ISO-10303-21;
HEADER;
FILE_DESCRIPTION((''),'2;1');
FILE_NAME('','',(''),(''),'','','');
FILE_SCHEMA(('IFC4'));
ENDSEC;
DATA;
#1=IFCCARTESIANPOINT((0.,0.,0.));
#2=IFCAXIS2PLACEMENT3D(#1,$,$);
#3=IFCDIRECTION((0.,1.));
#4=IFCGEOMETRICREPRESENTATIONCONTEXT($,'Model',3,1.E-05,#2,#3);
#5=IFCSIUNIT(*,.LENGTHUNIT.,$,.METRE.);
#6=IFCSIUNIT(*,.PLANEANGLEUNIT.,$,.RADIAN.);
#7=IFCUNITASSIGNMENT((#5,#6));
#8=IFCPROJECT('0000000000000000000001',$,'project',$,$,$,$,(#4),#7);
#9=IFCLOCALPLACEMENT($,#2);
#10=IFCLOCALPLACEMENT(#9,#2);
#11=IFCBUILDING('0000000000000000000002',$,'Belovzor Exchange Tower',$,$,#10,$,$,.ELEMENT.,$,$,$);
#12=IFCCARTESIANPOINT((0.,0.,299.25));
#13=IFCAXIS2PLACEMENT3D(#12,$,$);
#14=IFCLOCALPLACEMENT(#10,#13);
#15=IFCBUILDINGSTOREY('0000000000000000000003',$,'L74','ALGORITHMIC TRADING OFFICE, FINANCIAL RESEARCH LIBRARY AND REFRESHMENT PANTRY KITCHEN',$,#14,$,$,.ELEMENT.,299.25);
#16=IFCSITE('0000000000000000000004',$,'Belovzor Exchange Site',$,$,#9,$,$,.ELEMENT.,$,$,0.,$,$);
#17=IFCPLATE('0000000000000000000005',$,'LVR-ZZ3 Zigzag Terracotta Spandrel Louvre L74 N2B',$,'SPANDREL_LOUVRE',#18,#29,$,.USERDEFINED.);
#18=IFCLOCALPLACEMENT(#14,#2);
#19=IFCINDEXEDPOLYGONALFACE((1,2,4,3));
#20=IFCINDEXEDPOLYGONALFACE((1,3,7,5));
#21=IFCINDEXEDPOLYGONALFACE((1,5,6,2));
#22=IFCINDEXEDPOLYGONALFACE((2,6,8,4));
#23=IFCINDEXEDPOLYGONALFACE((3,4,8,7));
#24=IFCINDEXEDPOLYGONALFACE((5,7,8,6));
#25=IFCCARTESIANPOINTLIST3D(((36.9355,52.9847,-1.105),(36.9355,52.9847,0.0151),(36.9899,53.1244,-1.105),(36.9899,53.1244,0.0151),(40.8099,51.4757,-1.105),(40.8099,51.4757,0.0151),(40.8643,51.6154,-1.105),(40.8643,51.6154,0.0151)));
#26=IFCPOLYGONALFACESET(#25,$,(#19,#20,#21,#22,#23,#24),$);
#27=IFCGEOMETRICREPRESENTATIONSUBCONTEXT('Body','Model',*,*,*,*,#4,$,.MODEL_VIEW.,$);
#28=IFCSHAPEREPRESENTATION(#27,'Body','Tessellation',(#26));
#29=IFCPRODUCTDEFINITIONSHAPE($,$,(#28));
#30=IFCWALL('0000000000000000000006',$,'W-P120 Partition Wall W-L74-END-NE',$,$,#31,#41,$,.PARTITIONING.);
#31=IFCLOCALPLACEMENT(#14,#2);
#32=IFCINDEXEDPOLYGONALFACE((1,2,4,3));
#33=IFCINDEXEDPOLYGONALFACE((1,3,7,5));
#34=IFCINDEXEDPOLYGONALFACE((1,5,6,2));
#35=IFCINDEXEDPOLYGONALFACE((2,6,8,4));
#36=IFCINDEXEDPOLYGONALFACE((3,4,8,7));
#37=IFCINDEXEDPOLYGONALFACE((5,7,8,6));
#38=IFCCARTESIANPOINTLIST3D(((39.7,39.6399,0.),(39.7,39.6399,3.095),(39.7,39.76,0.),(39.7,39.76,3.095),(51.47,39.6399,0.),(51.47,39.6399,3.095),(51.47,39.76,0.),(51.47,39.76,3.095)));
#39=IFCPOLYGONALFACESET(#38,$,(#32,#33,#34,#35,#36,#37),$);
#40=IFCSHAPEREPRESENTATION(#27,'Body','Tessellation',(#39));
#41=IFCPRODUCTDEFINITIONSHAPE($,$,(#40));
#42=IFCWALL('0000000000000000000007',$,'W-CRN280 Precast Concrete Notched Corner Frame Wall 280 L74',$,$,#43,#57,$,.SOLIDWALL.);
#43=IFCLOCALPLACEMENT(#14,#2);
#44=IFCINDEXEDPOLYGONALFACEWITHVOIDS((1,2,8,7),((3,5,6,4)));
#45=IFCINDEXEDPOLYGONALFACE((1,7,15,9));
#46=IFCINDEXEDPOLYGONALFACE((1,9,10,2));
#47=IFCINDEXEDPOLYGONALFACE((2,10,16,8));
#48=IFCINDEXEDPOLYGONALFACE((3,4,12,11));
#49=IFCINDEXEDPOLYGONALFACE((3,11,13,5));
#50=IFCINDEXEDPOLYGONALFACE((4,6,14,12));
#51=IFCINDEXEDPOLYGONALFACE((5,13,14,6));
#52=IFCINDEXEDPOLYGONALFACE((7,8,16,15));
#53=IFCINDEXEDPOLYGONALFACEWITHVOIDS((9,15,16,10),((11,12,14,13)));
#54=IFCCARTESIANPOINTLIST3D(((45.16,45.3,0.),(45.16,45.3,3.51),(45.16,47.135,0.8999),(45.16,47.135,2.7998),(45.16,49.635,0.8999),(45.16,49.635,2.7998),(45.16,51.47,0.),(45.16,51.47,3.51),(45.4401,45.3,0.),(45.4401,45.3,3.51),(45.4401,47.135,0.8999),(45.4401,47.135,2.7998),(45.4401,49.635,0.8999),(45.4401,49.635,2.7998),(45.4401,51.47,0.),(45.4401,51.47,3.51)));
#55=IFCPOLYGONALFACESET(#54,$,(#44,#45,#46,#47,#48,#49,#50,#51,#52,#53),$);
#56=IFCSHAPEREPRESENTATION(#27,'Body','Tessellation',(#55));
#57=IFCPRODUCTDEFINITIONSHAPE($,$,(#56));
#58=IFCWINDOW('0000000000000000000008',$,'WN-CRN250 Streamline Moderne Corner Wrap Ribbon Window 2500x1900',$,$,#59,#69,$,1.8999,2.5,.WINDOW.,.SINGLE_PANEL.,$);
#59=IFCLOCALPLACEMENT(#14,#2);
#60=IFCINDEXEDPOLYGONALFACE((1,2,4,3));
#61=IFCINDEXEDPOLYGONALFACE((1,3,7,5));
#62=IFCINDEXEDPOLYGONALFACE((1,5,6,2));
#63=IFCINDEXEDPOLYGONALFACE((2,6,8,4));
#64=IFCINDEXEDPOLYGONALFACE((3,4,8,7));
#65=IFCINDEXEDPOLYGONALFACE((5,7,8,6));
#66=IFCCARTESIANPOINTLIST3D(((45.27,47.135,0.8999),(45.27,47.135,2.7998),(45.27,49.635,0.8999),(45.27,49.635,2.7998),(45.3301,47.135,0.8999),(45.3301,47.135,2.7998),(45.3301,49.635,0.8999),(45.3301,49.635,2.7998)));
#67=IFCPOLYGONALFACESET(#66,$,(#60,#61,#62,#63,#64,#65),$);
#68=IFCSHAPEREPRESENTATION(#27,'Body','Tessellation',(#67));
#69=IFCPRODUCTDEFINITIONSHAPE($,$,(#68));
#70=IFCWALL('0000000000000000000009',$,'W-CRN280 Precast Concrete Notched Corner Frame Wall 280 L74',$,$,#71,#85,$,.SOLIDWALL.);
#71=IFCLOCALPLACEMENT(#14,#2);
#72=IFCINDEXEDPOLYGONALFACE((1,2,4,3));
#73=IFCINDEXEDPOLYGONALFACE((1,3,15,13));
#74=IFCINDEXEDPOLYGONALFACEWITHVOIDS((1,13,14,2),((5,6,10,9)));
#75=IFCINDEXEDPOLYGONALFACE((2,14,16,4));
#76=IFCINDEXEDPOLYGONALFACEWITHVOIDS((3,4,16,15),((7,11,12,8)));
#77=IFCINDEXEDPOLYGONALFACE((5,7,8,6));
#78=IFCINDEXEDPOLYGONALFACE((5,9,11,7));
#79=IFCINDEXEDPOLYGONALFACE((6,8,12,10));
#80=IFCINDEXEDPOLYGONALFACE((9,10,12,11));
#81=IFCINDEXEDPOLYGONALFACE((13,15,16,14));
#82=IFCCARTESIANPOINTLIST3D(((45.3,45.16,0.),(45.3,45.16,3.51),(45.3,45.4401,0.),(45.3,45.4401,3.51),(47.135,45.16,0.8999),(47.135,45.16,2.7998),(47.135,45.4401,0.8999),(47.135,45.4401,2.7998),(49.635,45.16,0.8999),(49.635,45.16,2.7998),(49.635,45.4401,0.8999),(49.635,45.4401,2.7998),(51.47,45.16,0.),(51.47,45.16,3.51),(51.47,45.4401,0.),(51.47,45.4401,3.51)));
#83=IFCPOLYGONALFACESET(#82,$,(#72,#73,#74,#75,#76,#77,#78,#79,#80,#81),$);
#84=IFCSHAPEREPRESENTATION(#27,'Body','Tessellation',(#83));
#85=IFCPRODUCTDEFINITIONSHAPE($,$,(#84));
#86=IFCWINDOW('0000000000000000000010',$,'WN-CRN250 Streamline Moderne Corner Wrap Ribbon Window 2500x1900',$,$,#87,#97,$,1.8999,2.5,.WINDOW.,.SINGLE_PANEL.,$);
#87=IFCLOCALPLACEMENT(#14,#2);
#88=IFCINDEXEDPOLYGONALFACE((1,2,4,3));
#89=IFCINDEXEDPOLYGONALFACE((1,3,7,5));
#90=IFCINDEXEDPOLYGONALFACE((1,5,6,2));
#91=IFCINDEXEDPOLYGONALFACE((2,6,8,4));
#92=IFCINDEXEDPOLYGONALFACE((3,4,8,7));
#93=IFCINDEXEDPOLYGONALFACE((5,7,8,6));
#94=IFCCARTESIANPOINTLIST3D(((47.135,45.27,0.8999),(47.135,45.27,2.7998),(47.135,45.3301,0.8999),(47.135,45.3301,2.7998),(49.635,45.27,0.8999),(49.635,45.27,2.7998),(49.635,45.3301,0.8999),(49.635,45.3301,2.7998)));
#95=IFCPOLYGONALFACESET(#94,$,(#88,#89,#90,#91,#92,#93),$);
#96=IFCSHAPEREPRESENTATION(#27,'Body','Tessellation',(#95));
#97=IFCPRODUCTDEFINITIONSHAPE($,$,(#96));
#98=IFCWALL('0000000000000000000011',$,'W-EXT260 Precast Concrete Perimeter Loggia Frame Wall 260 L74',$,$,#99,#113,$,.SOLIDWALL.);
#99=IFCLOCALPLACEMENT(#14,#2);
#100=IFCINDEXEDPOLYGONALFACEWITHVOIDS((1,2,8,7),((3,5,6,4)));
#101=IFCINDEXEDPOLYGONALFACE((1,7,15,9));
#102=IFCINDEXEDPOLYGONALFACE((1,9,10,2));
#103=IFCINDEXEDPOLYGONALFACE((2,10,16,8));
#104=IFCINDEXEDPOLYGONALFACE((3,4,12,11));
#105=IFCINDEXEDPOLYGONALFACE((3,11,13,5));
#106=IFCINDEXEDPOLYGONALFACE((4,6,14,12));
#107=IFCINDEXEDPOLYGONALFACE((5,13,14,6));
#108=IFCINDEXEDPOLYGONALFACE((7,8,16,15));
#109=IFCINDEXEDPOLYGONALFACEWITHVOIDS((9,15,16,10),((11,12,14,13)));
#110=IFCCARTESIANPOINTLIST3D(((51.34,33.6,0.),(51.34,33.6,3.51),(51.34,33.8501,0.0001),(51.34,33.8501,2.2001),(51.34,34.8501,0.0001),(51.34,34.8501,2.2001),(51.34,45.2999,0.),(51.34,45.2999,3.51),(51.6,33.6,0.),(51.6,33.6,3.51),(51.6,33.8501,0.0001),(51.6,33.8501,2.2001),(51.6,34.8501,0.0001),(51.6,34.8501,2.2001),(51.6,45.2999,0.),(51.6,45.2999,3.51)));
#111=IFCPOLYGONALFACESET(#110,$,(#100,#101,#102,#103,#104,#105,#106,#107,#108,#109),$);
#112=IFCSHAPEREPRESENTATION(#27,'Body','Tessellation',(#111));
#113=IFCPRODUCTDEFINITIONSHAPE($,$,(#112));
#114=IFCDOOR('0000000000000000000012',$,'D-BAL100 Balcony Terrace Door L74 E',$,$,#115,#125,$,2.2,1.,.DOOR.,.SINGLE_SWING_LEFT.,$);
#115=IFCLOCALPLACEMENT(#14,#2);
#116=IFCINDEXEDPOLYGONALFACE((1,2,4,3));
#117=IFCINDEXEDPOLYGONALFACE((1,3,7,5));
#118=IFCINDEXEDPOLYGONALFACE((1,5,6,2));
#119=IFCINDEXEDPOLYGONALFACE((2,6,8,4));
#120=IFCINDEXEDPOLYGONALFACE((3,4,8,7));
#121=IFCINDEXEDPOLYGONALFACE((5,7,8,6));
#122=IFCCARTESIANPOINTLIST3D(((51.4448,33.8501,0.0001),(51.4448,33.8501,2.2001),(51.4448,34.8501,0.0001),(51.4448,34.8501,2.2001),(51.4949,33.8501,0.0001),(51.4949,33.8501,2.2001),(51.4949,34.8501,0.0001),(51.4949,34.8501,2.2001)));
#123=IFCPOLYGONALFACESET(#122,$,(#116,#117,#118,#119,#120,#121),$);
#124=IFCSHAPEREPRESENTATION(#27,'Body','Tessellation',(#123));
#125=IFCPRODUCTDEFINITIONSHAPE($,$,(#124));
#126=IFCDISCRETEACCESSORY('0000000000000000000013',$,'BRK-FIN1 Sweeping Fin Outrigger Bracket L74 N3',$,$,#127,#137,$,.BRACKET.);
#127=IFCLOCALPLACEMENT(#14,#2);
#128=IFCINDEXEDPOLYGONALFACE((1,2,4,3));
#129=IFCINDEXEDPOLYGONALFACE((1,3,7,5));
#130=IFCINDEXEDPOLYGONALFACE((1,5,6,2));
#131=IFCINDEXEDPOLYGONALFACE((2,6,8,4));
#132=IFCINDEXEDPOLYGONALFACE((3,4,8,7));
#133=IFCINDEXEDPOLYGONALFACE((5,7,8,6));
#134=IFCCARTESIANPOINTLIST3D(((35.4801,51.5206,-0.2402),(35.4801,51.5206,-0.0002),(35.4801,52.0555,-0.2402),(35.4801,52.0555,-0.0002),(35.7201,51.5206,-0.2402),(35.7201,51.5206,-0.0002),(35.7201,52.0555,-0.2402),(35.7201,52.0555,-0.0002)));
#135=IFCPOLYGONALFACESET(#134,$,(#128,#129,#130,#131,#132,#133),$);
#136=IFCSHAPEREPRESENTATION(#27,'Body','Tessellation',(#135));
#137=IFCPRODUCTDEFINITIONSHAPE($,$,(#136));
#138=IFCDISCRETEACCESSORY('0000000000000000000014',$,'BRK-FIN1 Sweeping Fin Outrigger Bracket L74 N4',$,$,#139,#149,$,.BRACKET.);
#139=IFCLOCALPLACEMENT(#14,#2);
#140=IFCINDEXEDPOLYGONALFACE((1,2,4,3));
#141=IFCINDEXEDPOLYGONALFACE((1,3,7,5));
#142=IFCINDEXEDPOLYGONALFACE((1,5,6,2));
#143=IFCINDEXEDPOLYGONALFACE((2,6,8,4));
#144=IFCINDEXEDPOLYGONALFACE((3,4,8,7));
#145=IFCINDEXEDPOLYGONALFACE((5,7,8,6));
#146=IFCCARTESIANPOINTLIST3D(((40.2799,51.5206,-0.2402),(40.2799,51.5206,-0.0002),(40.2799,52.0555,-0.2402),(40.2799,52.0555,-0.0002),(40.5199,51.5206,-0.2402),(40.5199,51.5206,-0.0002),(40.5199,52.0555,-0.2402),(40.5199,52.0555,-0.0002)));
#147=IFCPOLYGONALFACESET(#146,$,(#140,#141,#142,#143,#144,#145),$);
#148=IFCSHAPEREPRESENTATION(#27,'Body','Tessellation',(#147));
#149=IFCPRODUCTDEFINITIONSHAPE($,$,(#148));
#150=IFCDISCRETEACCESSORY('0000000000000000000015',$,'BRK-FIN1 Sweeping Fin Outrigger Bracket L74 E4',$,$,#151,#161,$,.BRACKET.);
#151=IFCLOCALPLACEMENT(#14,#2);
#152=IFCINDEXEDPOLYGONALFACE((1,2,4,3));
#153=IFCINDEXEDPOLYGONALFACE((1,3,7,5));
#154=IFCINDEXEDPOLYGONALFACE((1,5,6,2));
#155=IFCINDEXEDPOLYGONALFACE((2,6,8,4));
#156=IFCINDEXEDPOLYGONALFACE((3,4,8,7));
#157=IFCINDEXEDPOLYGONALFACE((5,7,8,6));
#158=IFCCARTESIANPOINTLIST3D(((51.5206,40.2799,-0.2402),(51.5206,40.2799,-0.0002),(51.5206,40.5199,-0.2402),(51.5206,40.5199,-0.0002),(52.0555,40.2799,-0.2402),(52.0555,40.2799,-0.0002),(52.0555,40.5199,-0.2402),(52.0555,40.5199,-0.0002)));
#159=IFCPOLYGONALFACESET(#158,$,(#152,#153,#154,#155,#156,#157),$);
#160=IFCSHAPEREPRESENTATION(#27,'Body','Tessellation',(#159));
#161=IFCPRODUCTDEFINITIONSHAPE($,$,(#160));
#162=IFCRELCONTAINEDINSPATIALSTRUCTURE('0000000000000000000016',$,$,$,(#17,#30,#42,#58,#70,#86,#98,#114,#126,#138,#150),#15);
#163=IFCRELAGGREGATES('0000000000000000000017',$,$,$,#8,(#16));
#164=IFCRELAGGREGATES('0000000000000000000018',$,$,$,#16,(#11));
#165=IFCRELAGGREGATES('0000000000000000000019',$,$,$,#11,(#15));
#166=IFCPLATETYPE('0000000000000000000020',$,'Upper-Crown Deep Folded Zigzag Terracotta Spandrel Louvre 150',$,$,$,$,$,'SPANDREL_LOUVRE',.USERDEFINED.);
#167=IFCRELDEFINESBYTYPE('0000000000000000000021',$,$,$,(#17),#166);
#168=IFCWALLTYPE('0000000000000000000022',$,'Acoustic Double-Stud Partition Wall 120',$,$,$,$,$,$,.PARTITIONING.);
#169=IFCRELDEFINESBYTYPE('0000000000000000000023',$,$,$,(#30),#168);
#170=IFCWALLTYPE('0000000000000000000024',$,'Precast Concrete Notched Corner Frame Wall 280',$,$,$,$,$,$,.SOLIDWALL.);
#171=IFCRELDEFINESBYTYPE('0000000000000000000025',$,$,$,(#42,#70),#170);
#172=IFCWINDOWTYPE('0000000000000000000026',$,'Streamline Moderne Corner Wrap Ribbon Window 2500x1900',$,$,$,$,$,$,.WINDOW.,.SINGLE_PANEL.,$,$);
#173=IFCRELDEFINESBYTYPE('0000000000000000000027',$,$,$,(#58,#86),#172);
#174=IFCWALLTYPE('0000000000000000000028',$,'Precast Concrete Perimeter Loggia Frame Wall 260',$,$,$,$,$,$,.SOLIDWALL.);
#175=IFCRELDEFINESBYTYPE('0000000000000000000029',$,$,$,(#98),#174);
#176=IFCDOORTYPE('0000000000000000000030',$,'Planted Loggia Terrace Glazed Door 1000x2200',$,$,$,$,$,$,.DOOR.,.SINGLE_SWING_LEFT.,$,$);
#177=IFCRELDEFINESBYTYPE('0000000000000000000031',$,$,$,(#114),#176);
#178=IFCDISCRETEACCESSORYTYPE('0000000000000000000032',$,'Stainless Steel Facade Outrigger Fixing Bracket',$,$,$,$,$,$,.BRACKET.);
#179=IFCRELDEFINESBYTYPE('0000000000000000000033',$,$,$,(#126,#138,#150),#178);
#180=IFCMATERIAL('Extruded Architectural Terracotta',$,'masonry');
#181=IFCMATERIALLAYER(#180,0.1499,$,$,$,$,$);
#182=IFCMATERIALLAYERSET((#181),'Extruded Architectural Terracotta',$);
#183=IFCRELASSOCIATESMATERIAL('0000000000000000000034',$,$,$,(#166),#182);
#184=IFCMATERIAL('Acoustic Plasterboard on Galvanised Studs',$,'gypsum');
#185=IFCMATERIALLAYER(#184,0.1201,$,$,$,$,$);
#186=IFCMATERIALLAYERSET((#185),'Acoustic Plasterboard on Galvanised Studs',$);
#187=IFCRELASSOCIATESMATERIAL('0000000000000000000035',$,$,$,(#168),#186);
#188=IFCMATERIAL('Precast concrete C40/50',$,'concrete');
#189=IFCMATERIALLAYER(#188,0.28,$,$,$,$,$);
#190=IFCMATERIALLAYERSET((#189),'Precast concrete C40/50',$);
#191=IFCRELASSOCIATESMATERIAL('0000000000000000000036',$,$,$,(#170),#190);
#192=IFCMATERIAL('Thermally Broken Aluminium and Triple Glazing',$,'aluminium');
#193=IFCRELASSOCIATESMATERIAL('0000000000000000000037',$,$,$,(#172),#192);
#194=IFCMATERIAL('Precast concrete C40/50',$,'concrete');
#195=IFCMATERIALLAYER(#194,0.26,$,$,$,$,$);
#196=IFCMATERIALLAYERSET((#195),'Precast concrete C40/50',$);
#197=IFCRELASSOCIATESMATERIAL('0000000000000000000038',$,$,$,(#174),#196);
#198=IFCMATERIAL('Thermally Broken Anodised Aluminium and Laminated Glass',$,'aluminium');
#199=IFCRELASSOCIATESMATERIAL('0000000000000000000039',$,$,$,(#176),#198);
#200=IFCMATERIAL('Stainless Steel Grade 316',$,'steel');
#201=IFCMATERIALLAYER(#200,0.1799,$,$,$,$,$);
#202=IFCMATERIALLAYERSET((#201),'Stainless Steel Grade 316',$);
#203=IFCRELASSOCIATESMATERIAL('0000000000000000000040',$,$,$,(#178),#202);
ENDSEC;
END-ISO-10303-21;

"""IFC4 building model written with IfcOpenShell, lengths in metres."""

from ifc_helpers import new_model, si_unit, direction, frame, frame_2d, origin, origin_2d, place, context, subcontext, project, spatial, rectangle, extrude, material, layer, layer_set, type_object, element, fill, save


model = new_model("IFC4")

# Units and contexts
model_context = context("Model", 3, precision=1e-05, world=origin(), true_north=direction((0.0, 1.0)))
body_context = subcontext(model_context, "Body", "Model", "MODEL_VIEW")
ifc_project = project(units=[si_unit("LENGTHUNIT", "METRE"), si_unit("PLANEANGLEUNIT", "RADIAN")], contexts=[model_context])

# Site, building, storey
site_placement = place(None, origin())
site = spatial("IfcSite", under=ifc_project, at=site_placement, Name="Belovzor Exchange Site", CompositionType="ELEMENT", RefElevation=0.0)
building_placement = place(site_placement, origin())
building = spatial("IfcBuilding", under=site, at=building_placement, Name="Belovzor Exchange Tower", CompositionType="ELEMENT")
storey_placement = place(building_placement, frame((0.0, 0.0, 299.25)))
storey = spatial("IfcBuildingStorey", under=building, at=storey_placement, Name="L74", Description="ALGORITHMIC TRADING OFFICE, FINANCIAL RESEARCH LIBRARY AND REFRESHMENT PANTRY KITCHEN", CompositionType="ELEMENT", Elevation=299.25)

# Plate
ifc_material_1 = material(Name="Extruded Architectural Terracotta", Category="masonry")
ifc_layer_1 = layer(ifc_material_1, 0.1499)
ifc_layer_set_1 = layer_set([ifc_layer_1], Name="Extruded Architectural Terracotta")
plate_type = type_object("IfcPlateType", Name="Upper-Crown Deep Folded Zigzag Terracotta Spandrel Louvre 150", ElementType="SPANDREL_LOUVRE", PredefinedType="USERDEFINED", material=ifc_layer_set_1)
plate_placement = place(storey_placement, frame((38.8999, 52.3, -1.105), z_axis=(0.0, 0.0, 1.0), x_axis=(0.931818, -0.362926, 0.0)))
element("IfcPlate", 1, at=plate_placement, inside=storey, type_object=plate_type, Name="LVR-ZZ3 Zigzag Terracotta Spandrel Louvre L74 N2B", ObjectType="SPANDREL_LOUVRE", PredefinedType="USERDEFINED", context=body_context, shape_type="SweptSolid", body=[
    extrude(rectangle(XDim=4.158, YDim=0.1499, at=origin_2d()), origin(), (0.0, 0.0, 1.0), 1.1201),
])

# Wall
ifc_material_2 = material(Name="Acoustic Plasterboard on Galvanised Studs", Category="gypsum")
ifc_layer_2 = layer(ifc_material_2, 0.1201)
ifc_layer_set_2 = layer_set([ifc_layer_2], Name="Acoustic Plasterboard on Galvanised Studs")
wall_type_1 = type_object("IfcWallType", Name="Acoustic Double-Stud Partition Wall 120", PredefinedType="PARTITIONING", material=ifc_layer_set_2)
wall_1_placement = place(storey_placement, frame((39.7, 39.7, 0.0), z_axis=(0.0, 0.0, 1.0), x_axis=(1.0, 0.0, 0.0)))
element("IfcWall", 2, at=wall_1_placement, inside=storey, type_object=wall_type_1, Name="W-P120 Partition Wall W-L74-END-NE", PredefinedType="PARTITIONING", context=body_context, shape_type="SweptSolid", body=[
    extrude(rectangle(XDim=11.77, YDim=0.1201, at=frame_2d((5.885, 0.0))), origin(), (0.0, 0.0, 1.0), 3.095),
])

# Walls, openings, windows
ifc_material_3 = material(Name="Precast concrete C40/50", Category="concrete")
ifc_layer_3 = layer(ifc_material_3, 0.28)
ifc_layer_set_3 = layer_set([ifc_layer_3], Name="Precast concrete C40/50")
wall_type_2 = type_object("IfcWallType", Name="Precast Concrete Notched Corner Frame Wall 280", PredefinedType="SOLIDWALL", material=ifc_layer_set_3)
wall_2_placement = place(storey_placement, frame((45.3, 51.47, 0.0), z_axis=(0.0, 0.0, 1.0), x_axis=(0.0, -1.0, 0.0)))
wall_2 = element("IfcWall", 3, at=wall_2_placement, inside=storey, type_object=wall_type_2, Name="W-CRN280 Precast Concrete Notched Corner Frame Wall 280 L74", PredefinedType="SOLIDWALL", context=body_context, shape_type="SweptSolid", body=[
    extrude(rectangle(XDim=6.1699, YDim=0.28, at=frame_2d((3.085, 0.0))), origin(), (0.0, 0.0, 1.0), 3.51),
])
opening_1_placement = place(wall_2_placement, frame((1.835, 0.0, 0.8999)))
opening_1 = element("IfcOpeningElement", 4, at=opening_1_placement, cuts=wall_2, PredefinedType="OPENING", context=body_context, shape_type="SweptSolid", body=[
    extrude(rectangle(XDim=2.5, YDim=1.8999, at=frame_2d((1.25, 0.95))), frame((0.0, 0.1499, 0.0), z_axis=(0.0, -1.0, 0.0), x_axis=(1.0, 0.0, 0.0)), (0.0, 0.0, 1.0), 0.3),
])
ifc_material_4 = material(Name="Thermally Broken Aluminium and Triple Glazing", Category="aluminium")
window_type = type_object("IfcWindowType", Name="Streamline Moderne Corner Wrap Ribbon Window 2500x1900", PartitioningType="SINGLE_PANEL", PredefinedType="WINDOW", material=ifc_material_4)
window_1_placement = place(opening_1_placement, origin())
window_1 = element("IfcWindow", 5, at=window_1_placement, inside=storey, type_object=window_type, Name="WN-CRN250 Streamline Moderne Corner Wrap Ribbon Window 2500x1900", OverallHeight=1.8999, OverallWidth=2.5, PartitioningType="SINGLE_PANEL", PredefinedType="WINDOW", context=body_context, shape_type="SweptSolid", body=[
    extrude(rectangle(XDim=2.5, YDim=1.8999, at=frame_2d((1.25, 0.95))), frame((0.0, 0.03, 0.0), z_axis=(0.0, -1.0, 0.0), x_axis=(1.0, 0.0, 0.0)), (0.0, 0.0, 1.0), 0.0601),
])
fill(opening_1, window_1)
wall_3_placement = place(storey_placement, frame((45.3, 45.3, 0.0), z_axis=(0.0, 0.0, 1.0), x_axis=(1.0, 0.0, 0.0)))
wall_3 = element("IfcWall", 6, at=wall_3_placement, inside=storey, type_object=wall_type_2, Name="W-CRN280 Precast Concrete Notched Corner Frame Wall 280 L74", PredefinedType="SOLIDWALL", context=body_context, shape_type="SweptSolid", body=[
    extrude(rectangle(XDim=6.1699, YDim=0.28, at=frame_2d((3.085, 0.0))), origin(), (0.0, 0.0, 1.0), 3.51),
])
opening_2_placement = place(wall_3_placement, frame((1.835, 0.0, 0.8999)))
opening_2 = element("IfcOpeningElement", 7, at=opening_2_placement, cuts=wall_3, PredefinedType="OPENING", context=body_context, shape_type="SweptSolid", body=[
    extrude(rectangle(XDim=2.5, YDim=1.8999, at=frame_2d((1.25, 0.95))), frame((0.0, 0.1499, 0.0), z_axis=(0.0, -1.0, 0.0), x_axis=(1.0, 0.0, 0.0)), (0.0, 0.0, 1.0), 0.3),
])
window_2_placement = place(opening_2_placement, origin())
window_2 = element("IfcWindow", 8, at=window_2_placement, inside=storey, type_object=window_type, Name="WN-CRN250 Streamline Moderne Corner Wrap Ribbon Window 2500x1900", OverallHeight=1.8999, OverallWidth=2.5, PartitioningType="SINGLE_PANEL", PredefinedType="WINDOW", context=body_context, shape_type="SweptSolid", body=[
    extrude(rectangle(XDim=2.5, YDim=1.8999, at=frame_2d((1.25, 0.95))), frame((0.0, 0.03, 0.0), z_axis=(0.0, -1.0, 0.0), x_axis=(1.0, 0.0, 0.0)), (0.0, 0.0, 1.0), 0.0601),
])
fill(opening_2, window_2)

# Wall, opening, door
ifc_material_5 = material(Name="Precast concrete C40/50", Category="concrete")
ifc_layer_4 = layer(ifc_material_5, 0.26)
ifc_layer_set_4 = layer_set([ifc_layer_4], Name="Precast concrete C40/50")
wall_type_3 = type_object("IfcWallType", Name="Precast Concrete Perimeter Loggia Frame Wall 260", PredefinedType="SOLIDWALL", material=ifc_layer_set_4)
wall_4_placement = place(storey_placement, frame((51.47, 45.3, 0.0), z_axis=(0.0, 0.0, 1.0), x_axis=(0.0, -1.0, 0.0)))
wall_4 = element("IfcWall", 9, at=wall_4_placement, inside=storey, type_object=wall_type_3, Name="W-EXT260 Precast Concrete Perimeter Loggia Frame Wall 260 L74", PredefinedType="SOLIDWALL", context=body_context, shape_type="SweptSolid", body=[
    extrude(rectangle(XDim=11.7, YDim=0.26, at=frame_2d((5.8501, 0.0))), origin(), (0.0, 0.0, 1.0), 3.51),
])
opening_3_placement = place(wall_4_placement, frame((10.45, 0.0, 0.0)))
opening_3 = element("IfcOpeningElement", 10, at=opening_3_placement, cuts=wall_4, PredefinedType="OPENING", context=body_context, shape_type="SweptSolid", body=[
    extrude(rectangle(XDim=1.0, YDim=2.2, at=frame_2d((0.5, 1.1001))), frame((0.0, 0.1399, 0.0), z_axis=(0.0, -1.0, 0.0), x_axis=(1.0, 0.0, 0.0)), (0.0, 0.0, 1.0), 0.28),
])
ifc_material_6 = material(Name="Thermally Broken Anodised Aluminium and Laminated Glass", Category="aluminium")
door_type = type_object("IfcDoorType", Name="Planted Loggia Terrace Glazed Door 1000x2200", OperationType="SINGLE_SWING_LEFT", PredefinedType="DOOR", material=ifc_material_6)
door_placement = place(opening_3_placement, origin())
door = element("IfcDoor", 11, at=door_placement, inside=storey, type_object=door_type, Name="D-BAL100 Balcony Terrace Door L74 E", OperationType="SINGLE_SWING_LEFT", OverallHeight=2.2, OverallWidth=1.0, PredefinedType="DOOR", context=body_context, shape_type="SweptSolid", body=[
    extrude(rectangle(XDim=1.0, YDim=2.2, at=frame_2d((0.5, 1.1001))), frame((0.0, 0.0249, 0.0), z_axis=(0.0, -1.0, 0.0), x_axis=(1.0, 0.0, 0.0)), (0.0, 0.0, 1.0), 0.05),
])
fill(opening_3, door)

# Discrete accessories
ifc_material_7 = material(Name="Stainless Steel Grade 316", Category="steel")
ifc_layer_5 = layer(ifc_material_7, 0.1799)
ifc_layer_set_5 = layer_set([ifc_layer_5], Name="Stainless Steel Grade 316")
discrete_accessory_type = type_object("IfcDiscreteAccessoryType", Name="Stainless Steel Facade Outrigger Fixing Bracket", PredefinedType="BRACKET", material=ifc_layer_set_5)
for number, where, z_axis, x_axis, name in (
    (12, (35.6001, 51.7881, -0.2402), (0.0, 0.0, 1.0), (0.0, 1.0, 0.0), "BRK-FIN1 Sweeping Fin Outrigger Bracket L74 N3"),
    (13, (40.3999, 51.7881, -0.2402), (0.0, 0.0, 1.0), (0.0, 1.0, 0.0), "BRK-FIN1 Sweeping Fin Outrigger Bracket L74 N4"),
    (14, (51.7881, 40.3999, -0.2402), (0.0, 0.0, 1.0), (1.0, 0.0, 0.0), "BRK-FIN1 Sweeping Fin Outrigger Bracket L74 E4"),
):
    element("IfcDiscreteAccessory", number, at=place(storey_placement, frame(where, z_axis=z_axis, x_axis=x_axis)), inside=storey, type_object=discrete_accessory_type, Name=name, PredefinedType="BRACKET", context=body_context, shape_type="SweptSolid", body=[
        extrude(rectangle(XDim=0.5349, YDim=0.24, at=origin_2d()), origin(), (0.0, 0.0, 1.0), 0.24),
    ])

save(model, "model.ifc")
